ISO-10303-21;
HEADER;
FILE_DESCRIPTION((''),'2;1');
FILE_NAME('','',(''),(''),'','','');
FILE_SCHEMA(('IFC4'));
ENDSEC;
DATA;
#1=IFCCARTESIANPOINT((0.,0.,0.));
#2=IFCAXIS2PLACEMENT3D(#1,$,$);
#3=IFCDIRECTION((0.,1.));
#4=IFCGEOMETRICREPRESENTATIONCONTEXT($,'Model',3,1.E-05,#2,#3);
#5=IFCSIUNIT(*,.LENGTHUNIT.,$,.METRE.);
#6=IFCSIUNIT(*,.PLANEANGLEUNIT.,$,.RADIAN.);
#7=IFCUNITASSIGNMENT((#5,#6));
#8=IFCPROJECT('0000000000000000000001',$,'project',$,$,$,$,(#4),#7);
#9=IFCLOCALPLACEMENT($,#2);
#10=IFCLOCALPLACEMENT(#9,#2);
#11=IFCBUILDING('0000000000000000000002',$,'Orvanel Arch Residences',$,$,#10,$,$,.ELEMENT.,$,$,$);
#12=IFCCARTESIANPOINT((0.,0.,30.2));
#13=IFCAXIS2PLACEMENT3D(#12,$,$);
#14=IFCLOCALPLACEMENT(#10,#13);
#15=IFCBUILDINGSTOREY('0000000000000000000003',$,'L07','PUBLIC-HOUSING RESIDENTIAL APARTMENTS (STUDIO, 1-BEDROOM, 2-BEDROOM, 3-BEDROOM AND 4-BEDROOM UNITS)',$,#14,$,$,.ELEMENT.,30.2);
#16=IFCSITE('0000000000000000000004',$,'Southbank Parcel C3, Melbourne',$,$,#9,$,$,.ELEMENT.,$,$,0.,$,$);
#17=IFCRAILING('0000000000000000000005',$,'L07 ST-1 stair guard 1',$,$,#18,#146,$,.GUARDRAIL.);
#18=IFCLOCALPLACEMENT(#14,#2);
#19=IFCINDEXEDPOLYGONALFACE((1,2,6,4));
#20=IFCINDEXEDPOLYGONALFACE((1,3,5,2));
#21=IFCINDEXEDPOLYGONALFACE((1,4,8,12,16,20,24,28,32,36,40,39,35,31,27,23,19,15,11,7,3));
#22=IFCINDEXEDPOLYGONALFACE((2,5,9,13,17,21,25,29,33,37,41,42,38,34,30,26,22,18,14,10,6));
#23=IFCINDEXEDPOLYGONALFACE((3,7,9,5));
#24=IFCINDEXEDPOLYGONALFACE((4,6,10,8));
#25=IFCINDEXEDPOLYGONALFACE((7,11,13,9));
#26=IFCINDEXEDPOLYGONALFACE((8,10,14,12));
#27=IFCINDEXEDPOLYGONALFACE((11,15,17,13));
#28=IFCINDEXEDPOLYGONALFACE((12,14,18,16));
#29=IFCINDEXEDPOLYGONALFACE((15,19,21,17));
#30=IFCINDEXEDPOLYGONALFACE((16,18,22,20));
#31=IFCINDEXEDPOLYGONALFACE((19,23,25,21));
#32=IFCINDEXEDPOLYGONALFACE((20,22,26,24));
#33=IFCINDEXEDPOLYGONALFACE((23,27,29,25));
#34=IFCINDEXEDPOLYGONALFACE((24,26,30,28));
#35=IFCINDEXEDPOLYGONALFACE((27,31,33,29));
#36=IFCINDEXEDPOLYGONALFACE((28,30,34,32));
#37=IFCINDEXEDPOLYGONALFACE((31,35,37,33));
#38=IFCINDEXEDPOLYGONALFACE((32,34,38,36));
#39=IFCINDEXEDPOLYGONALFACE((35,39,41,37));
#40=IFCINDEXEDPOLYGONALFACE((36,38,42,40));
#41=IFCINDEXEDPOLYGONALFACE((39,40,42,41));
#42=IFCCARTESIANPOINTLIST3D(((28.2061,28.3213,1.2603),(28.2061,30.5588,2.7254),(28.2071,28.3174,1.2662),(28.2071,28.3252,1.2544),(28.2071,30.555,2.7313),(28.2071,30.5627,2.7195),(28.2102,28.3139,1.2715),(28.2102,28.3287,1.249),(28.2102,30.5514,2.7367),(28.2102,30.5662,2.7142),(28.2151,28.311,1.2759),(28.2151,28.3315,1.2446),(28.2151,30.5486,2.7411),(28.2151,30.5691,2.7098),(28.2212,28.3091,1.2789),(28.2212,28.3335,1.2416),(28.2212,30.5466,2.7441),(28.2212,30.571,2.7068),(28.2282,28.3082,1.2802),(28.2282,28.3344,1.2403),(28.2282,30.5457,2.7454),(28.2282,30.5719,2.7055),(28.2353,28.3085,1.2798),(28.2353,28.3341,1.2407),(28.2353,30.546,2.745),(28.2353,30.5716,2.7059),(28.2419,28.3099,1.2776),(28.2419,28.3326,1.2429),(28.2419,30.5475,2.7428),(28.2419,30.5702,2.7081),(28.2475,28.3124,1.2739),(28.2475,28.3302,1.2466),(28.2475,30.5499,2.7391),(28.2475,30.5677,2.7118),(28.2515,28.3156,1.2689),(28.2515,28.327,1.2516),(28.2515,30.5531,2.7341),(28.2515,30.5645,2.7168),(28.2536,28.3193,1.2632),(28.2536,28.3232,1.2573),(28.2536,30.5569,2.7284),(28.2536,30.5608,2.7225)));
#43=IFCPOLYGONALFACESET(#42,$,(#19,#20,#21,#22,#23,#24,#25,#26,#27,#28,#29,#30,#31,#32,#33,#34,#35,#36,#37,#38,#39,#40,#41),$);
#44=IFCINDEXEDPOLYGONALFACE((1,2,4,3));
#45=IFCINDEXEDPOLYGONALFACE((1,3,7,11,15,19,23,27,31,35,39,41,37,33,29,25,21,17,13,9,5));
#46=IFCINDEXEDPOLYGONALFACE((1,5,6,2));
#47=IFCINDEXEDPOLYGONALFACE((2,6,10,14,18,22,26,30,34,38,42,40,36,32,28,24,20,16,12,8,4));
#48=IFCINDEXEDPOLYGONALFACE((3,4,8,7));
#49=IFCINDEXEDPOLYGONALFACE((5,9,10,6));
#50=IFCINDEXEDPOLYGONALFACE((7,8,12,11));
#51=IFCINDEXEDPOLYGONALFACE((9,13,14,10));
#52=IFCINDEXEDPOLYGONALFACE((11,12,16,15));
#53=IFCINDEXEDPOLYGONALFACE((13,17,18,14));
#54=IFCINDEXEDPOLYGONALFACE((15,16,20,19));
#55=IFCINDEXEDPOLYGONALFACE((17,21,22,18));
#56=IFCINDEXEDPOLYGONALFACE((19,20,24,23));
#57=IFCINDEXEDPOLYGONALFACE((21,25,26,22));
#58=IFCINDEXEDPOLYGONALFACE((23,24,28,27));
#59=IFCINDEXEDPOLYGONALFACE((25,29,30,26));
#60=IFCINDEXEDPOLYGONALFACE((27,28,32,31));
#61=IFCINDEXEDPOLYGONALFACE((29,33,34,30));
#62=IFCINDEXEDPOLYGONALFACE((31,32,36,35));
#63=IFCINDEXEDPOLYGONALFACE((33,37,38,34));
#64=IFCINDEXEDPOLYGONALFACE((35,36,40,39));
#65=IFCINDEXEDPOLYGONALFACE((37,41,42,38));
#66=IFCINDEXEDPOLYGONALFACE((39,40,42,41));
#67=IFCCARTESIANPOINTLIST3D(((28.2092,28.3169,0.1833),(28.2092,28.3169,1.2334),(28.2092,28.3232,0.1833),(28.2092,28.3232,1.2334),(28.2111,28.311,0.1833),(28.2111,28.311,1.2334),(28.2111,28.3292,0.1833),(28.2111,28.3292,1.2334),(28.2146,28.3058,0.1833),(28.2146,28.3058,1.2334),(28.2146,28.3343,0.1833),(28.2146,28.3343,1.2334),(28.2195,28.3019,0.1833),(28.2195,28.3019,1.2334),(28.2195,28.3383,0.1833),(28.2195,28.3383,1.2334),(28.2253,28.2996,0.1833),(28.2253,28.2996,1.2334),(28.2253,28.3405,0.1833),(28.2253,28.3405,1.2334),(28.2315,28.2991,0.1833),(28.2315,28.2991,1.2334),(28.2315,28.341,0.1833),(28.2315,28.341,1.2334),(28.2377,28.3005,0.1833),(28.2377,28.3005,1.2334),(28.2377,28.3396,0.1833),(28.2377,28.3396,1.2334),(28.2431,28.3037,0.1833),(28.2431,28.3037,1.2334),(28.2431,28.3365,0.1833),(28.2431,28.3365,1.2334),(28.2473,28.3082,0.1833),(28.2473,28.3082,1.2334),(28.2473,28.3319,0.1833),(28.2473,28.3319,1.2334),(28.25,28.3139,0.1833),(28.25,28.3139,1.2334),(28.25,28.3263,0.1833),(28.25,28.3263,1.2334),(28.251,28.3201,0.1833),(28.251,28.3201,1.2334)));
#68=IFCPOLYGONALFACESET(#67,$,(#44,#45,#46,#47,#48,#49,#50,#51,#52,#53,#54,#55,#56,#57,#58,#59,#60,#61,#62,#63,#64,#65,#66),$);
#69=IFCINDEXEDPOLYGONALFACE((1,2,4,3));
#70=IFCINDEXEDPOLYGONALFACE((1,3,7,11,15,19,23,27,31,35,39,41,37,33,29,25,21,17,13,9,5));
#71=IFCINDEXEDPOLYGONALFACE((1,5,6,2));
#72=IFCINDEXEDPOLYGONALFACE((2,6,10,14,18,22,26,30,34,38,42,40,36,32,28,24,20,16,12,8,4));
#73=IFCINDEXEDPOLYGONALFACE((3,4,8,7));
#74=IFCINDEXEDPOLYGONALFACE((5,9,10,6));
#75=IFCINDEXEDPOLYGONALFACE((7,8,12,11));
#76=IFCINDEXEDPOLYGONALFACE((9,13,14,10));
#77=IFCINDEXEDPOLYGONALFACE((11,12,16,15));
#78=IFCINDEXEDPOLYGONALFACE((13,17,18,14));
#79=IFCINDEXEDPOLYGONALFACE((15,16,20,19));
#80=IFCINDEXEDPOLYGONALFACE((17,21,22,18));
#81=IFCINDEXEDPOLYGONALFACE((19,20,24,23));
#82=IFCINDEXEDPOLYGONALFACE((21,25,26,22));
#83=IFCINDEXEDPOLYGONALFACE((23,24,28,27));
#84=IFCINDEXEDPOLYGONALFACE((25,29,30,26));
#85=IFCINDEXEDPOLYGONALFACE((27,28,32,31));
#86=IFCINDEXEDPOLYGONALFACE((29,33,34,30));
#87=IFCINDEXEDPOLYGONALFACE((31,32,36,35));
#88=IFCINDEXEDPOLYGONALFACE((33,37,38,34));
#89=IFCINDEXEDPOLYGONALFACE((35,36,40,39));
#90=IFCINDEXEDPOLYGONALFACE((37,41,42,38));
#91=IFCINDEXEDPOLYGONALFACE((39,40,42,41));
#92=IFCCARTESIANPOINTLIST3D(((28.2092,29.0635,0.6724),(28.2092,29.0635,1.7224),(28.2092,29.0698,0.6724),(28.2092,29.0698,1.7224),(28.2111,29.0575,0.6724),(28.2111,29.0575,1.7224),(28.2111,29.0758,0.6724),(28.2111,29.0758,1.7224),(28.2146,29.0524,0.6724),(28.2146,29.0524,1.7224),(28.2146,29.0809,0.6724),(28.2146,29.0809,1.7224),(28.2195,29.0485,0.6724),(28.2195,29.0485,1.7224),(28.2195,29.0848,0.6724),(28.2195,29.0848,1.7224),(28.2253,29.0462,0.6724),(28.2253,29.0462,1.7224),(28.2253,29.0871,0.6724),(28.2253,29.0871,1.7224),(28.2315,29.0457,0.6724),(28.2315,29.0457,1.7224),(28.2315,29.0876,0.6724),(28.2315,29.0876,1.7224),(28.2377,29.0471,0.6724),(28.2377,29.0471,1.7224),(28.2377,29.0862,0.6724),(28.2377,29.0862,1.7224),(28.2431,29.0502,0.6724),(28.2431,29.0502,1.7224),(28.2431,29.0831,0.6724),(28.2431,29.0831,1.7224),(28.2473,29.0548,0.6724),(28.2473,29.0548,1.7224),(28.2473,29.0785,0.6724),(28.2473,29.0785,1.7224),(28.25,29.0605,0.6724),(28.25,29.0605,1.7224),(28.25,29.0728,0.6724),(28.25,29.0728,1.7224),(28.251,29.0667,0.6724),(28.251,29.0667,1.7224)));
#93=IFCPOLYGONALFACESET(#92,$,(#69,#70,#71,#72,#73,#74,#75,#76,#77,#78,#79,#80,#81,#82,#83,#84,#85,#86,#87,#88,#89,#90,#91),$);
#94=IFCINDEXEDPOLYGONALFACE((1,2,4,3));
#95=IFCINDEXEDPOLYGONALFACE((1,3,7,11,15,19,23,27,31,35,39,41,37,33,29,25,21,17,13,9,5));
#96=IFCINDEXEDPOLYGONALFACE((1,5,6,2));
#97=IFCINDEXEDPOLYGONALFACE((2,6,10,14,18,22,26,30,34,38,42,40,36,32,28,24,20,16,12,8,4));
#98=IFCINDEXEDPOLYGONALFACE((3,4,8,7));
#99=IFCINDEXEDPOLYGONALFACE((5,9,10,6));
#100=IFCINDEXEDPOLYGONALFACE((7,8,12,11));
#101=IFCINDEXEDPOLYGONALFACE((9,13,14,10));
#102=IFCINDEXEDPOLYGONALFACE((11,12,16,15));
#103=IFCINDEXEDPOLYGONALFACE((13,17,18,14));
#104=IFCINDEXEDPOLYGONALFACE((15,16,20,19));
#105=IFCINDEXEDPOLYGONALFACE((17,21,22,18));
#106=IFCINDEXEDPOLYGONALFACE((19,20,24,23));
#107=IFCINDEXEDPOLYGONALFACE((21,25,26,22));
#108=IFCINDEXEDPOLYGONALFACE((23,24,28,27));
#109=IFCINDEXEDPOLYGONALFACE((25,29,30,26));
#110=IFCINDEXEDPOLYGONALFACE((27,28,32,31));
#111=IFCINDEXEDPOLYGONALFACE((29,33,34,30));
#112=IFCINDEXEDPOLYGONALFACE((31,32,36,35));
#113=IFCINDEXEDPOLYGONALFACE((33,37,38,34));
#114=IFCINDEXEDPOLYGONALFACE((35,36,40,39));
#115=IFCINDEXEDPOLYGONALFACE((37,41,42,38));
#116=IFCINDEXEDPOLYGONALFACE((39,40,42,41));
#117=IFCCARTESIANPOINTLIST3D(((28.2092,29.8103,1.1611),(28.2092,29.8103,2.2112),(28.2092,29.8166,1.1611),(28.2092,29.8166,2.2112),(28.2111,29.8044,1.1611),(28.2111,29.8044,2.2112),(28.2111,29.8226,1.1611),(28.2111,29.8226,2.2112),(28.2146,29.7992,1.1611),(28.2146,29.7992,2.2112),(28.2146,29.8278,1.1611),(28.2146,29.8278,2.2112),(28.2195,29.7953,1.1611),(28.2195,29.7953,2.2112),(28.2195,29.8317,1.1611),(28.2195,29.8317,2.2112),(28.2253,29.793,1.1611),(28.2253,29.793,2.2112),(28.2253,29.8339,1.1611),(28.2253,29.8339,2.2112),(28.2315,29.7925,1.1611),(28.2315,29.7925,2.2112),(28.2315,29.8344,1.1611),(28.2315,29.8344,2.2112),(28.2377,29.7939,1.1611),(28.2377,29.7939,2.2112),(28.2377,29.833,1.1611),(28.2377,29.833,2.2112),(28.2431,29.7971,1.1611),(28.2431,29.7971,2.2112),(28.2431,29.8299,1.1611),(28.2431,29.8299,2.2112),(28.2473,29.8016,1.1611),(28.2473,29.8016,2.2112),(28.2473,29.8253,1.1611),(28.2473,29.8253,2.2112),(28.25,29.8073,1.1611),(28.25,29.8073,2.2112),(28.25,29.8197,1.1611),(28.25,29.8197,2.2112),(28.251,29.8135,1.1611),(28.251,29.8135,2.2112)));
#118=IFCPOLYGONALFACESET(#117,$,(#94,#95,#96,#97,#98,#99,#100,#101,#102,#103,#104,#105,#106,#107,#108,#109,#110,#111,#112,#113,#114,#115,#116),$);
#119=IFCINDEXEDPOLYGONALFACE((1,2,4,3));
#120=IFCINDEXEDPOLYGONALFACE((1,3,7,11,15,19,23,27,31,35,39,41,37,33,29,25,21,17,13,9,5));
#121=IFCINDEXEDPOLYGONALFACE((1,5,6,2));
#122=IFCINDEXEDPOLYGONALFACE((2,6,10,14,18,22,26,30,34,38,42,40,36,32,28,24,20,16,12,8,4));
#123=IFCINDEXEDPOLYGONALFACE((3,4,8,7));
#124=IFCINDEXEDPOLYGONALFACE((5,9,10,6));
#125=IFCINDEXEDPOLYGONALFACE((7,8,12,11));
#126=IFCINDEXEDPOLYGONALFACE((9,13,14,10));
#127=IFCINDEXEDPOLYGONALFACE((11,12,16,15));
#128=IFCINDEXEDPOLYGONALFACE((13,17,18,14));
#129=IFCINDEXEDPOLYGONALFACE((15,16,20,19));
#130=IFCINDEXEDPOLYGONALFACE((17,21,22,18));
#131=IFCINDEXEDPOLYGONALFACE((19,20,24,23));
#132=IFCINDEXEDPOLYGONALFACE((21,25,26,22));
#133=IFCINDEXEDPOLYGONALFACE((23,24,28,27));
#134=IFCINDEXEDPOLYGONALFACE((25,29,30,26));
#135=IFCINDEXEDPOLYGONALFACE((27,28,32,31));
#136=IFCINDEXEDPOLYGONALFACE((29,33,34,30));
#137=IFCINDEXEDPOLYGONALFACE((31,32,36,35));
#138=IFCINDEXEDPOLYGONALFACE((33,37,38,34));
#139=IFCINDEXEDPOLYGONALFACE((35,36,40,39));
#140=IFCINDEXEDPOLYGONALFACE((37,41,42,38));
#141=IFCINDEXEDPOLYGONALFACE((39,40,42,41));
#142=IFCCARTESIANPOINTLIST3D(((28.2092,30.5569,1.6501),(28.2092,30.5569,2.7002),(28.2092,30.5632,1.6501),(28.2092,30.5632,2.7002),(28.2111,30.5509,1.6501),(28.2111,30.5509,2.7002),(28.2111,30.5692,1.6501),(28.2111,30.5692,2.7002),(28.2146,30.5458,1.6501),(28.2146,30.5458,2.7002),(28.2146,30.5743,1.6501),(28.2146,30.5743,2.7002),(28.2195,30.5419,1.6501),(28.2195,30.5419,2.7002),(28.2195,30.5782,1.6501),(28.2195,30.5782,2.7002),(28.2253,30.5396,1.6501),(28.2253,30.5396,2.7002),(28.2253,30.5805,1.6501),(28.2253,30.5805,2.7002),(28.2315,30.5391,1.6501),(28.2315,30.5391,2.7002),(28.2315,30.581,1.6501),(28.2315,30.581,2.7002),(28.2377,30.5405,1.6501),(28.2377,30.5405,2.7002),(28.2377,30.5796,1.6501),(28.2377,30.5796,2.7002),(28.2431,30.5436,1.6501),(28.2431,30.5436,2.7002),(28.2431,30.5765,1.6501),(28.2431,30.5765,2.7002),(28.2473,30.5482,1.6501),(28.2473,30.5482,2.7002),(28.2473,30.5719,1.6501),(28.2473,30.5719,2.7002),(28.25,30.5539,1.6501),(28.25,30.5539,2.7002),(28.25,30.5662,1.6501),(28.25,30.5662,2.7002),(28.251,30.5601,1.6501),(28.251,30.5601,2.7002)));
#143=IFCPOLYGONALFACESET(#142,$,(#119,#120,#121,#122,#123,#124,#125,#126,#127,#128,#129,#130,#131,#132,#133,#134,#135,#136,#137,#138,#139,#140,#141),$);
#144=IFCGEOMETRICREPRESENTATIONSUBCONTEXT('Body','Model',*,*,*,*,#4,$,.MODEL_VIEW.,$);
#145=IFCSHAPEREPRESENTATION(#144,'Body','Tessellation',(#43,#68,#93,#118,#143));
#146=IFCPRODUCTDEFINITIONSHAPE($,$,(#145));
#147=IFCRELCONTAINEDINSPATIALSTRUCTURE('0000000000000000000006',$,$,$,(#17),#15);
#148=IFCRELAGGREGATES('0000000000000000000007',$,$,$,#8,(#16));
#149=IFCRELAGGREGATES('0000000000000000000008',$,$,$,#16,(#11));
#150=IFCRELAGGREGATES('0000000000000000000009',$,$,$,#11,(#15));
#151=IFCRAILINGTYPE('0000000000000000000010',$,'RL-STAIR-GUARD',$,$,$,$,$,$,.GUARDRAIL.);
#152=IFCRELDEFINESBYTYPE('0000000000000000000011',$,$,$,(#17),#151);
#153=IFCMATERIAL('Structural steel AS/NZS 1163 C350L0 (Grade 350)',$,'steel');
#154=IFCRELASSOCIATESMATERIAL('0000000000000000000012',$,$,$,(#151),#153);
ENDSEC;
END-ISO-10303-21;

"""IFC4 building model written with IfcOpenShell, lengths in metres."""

from ifc_helpers import new_model, si_unit, direction, frame, origin, origin_2d, place, context, subcontext, project, spatial, circle, extrude, material, type_object, element, save


model = new_model("IFC4")

# Units and contexts
model_context = context("Model", 3, precision=1e-05, world=origin(), true_north=direction((0.0, 1.0)))
body_context = subcontext(model_context, "Body", "Model", "MODEL_VIEW")
ifc_project = project(units=[si_unit("LENGTHUNIT", "METRE"), si_unit("PLANEANGLEUNIT", "RADIAN")], contexts=[model_context])

# Site, building, storey
site_placement = place(None, origin())
site = spatial("IfcSite", under=ifc_project, at=site_placement, Name="Southbank Parcel C3, Melbourne", CompositionType="ELEMENT", RefElevation=0.0)
building_placement = place(site_placement, origin())
building = spatial("IfcBuilding", under=site, at=building_placement, Name="Orvanel Arch Residences", CompositionType="ELEMENT")
storey_placement = place(building_placement, frame((0.0, 0.0, 30.2)))
storey = spatial("IfcBuildingStorey", under=building, at=storey_placement, Name="L07", Description="PUBLIC-HOUSING RESIDENTIAL APARTMENTS (STUDIO, 1-BEDROOM, 2-BEDROOM, 3-BEDROOM AND 4-BEDROOM UNITS)", CompositionType="ELEMENT", Elevation=30.2)

# Railing
ifc_material_1 = material(Name="Structural steel AS/NZS 1163 C350L0 (Grade 350)", Category="steel")
railing_type_1 = type_object("IfcRailingType", Name="RL-STAIR-GUARD", PredefinedType="GUARDRAIL", material=ifc_material_1)
railing_1_placement = place(storey_placement, frame((28.23, 28.3201, 0.1833)))
element("IfcRailing", 1, at=railing_1_placement, inside=storey, type_object=railing_type_1, Name="L07 ST-1 stair guard 1", PredefinedType="GUARDRAIL", context=body_context, shape_type="SweptSolid", body=[
    extrude(circle(Radius=0.0239, at=origin_2d()), frame((0.0, 0.0012, 1.0769), z_axis=(0.0, 0.836595, 0.547822), x_axis=(-1.0, 0.0, 0.0)), (0.0, 0.0, 1.0), 2.6746),
    extrude(circle(Radius=0.021, at=origin_2d()), origin(), (0.0, 0.0, 1.0), 1.05),
    extrude(circle(Radius=0.021, at=origin_2d()), frame((0.0, 0.7466, 0.489)), (0.0, 0.0, 1.0), 1.05),
    extrude(circle(Radius=0.021, at=origin_2d()), frame((0.0, 1.4934, 0.9778)), (0.0, 0.0, 1.0), 1.05),
    extrude(circle(Radius=0.021, at=origin_2d()), frame((0.0, 2.24, 1.4668)), (0.0, 0.0, 1.0), 1.05),
])

save(model, "model.ifc")
